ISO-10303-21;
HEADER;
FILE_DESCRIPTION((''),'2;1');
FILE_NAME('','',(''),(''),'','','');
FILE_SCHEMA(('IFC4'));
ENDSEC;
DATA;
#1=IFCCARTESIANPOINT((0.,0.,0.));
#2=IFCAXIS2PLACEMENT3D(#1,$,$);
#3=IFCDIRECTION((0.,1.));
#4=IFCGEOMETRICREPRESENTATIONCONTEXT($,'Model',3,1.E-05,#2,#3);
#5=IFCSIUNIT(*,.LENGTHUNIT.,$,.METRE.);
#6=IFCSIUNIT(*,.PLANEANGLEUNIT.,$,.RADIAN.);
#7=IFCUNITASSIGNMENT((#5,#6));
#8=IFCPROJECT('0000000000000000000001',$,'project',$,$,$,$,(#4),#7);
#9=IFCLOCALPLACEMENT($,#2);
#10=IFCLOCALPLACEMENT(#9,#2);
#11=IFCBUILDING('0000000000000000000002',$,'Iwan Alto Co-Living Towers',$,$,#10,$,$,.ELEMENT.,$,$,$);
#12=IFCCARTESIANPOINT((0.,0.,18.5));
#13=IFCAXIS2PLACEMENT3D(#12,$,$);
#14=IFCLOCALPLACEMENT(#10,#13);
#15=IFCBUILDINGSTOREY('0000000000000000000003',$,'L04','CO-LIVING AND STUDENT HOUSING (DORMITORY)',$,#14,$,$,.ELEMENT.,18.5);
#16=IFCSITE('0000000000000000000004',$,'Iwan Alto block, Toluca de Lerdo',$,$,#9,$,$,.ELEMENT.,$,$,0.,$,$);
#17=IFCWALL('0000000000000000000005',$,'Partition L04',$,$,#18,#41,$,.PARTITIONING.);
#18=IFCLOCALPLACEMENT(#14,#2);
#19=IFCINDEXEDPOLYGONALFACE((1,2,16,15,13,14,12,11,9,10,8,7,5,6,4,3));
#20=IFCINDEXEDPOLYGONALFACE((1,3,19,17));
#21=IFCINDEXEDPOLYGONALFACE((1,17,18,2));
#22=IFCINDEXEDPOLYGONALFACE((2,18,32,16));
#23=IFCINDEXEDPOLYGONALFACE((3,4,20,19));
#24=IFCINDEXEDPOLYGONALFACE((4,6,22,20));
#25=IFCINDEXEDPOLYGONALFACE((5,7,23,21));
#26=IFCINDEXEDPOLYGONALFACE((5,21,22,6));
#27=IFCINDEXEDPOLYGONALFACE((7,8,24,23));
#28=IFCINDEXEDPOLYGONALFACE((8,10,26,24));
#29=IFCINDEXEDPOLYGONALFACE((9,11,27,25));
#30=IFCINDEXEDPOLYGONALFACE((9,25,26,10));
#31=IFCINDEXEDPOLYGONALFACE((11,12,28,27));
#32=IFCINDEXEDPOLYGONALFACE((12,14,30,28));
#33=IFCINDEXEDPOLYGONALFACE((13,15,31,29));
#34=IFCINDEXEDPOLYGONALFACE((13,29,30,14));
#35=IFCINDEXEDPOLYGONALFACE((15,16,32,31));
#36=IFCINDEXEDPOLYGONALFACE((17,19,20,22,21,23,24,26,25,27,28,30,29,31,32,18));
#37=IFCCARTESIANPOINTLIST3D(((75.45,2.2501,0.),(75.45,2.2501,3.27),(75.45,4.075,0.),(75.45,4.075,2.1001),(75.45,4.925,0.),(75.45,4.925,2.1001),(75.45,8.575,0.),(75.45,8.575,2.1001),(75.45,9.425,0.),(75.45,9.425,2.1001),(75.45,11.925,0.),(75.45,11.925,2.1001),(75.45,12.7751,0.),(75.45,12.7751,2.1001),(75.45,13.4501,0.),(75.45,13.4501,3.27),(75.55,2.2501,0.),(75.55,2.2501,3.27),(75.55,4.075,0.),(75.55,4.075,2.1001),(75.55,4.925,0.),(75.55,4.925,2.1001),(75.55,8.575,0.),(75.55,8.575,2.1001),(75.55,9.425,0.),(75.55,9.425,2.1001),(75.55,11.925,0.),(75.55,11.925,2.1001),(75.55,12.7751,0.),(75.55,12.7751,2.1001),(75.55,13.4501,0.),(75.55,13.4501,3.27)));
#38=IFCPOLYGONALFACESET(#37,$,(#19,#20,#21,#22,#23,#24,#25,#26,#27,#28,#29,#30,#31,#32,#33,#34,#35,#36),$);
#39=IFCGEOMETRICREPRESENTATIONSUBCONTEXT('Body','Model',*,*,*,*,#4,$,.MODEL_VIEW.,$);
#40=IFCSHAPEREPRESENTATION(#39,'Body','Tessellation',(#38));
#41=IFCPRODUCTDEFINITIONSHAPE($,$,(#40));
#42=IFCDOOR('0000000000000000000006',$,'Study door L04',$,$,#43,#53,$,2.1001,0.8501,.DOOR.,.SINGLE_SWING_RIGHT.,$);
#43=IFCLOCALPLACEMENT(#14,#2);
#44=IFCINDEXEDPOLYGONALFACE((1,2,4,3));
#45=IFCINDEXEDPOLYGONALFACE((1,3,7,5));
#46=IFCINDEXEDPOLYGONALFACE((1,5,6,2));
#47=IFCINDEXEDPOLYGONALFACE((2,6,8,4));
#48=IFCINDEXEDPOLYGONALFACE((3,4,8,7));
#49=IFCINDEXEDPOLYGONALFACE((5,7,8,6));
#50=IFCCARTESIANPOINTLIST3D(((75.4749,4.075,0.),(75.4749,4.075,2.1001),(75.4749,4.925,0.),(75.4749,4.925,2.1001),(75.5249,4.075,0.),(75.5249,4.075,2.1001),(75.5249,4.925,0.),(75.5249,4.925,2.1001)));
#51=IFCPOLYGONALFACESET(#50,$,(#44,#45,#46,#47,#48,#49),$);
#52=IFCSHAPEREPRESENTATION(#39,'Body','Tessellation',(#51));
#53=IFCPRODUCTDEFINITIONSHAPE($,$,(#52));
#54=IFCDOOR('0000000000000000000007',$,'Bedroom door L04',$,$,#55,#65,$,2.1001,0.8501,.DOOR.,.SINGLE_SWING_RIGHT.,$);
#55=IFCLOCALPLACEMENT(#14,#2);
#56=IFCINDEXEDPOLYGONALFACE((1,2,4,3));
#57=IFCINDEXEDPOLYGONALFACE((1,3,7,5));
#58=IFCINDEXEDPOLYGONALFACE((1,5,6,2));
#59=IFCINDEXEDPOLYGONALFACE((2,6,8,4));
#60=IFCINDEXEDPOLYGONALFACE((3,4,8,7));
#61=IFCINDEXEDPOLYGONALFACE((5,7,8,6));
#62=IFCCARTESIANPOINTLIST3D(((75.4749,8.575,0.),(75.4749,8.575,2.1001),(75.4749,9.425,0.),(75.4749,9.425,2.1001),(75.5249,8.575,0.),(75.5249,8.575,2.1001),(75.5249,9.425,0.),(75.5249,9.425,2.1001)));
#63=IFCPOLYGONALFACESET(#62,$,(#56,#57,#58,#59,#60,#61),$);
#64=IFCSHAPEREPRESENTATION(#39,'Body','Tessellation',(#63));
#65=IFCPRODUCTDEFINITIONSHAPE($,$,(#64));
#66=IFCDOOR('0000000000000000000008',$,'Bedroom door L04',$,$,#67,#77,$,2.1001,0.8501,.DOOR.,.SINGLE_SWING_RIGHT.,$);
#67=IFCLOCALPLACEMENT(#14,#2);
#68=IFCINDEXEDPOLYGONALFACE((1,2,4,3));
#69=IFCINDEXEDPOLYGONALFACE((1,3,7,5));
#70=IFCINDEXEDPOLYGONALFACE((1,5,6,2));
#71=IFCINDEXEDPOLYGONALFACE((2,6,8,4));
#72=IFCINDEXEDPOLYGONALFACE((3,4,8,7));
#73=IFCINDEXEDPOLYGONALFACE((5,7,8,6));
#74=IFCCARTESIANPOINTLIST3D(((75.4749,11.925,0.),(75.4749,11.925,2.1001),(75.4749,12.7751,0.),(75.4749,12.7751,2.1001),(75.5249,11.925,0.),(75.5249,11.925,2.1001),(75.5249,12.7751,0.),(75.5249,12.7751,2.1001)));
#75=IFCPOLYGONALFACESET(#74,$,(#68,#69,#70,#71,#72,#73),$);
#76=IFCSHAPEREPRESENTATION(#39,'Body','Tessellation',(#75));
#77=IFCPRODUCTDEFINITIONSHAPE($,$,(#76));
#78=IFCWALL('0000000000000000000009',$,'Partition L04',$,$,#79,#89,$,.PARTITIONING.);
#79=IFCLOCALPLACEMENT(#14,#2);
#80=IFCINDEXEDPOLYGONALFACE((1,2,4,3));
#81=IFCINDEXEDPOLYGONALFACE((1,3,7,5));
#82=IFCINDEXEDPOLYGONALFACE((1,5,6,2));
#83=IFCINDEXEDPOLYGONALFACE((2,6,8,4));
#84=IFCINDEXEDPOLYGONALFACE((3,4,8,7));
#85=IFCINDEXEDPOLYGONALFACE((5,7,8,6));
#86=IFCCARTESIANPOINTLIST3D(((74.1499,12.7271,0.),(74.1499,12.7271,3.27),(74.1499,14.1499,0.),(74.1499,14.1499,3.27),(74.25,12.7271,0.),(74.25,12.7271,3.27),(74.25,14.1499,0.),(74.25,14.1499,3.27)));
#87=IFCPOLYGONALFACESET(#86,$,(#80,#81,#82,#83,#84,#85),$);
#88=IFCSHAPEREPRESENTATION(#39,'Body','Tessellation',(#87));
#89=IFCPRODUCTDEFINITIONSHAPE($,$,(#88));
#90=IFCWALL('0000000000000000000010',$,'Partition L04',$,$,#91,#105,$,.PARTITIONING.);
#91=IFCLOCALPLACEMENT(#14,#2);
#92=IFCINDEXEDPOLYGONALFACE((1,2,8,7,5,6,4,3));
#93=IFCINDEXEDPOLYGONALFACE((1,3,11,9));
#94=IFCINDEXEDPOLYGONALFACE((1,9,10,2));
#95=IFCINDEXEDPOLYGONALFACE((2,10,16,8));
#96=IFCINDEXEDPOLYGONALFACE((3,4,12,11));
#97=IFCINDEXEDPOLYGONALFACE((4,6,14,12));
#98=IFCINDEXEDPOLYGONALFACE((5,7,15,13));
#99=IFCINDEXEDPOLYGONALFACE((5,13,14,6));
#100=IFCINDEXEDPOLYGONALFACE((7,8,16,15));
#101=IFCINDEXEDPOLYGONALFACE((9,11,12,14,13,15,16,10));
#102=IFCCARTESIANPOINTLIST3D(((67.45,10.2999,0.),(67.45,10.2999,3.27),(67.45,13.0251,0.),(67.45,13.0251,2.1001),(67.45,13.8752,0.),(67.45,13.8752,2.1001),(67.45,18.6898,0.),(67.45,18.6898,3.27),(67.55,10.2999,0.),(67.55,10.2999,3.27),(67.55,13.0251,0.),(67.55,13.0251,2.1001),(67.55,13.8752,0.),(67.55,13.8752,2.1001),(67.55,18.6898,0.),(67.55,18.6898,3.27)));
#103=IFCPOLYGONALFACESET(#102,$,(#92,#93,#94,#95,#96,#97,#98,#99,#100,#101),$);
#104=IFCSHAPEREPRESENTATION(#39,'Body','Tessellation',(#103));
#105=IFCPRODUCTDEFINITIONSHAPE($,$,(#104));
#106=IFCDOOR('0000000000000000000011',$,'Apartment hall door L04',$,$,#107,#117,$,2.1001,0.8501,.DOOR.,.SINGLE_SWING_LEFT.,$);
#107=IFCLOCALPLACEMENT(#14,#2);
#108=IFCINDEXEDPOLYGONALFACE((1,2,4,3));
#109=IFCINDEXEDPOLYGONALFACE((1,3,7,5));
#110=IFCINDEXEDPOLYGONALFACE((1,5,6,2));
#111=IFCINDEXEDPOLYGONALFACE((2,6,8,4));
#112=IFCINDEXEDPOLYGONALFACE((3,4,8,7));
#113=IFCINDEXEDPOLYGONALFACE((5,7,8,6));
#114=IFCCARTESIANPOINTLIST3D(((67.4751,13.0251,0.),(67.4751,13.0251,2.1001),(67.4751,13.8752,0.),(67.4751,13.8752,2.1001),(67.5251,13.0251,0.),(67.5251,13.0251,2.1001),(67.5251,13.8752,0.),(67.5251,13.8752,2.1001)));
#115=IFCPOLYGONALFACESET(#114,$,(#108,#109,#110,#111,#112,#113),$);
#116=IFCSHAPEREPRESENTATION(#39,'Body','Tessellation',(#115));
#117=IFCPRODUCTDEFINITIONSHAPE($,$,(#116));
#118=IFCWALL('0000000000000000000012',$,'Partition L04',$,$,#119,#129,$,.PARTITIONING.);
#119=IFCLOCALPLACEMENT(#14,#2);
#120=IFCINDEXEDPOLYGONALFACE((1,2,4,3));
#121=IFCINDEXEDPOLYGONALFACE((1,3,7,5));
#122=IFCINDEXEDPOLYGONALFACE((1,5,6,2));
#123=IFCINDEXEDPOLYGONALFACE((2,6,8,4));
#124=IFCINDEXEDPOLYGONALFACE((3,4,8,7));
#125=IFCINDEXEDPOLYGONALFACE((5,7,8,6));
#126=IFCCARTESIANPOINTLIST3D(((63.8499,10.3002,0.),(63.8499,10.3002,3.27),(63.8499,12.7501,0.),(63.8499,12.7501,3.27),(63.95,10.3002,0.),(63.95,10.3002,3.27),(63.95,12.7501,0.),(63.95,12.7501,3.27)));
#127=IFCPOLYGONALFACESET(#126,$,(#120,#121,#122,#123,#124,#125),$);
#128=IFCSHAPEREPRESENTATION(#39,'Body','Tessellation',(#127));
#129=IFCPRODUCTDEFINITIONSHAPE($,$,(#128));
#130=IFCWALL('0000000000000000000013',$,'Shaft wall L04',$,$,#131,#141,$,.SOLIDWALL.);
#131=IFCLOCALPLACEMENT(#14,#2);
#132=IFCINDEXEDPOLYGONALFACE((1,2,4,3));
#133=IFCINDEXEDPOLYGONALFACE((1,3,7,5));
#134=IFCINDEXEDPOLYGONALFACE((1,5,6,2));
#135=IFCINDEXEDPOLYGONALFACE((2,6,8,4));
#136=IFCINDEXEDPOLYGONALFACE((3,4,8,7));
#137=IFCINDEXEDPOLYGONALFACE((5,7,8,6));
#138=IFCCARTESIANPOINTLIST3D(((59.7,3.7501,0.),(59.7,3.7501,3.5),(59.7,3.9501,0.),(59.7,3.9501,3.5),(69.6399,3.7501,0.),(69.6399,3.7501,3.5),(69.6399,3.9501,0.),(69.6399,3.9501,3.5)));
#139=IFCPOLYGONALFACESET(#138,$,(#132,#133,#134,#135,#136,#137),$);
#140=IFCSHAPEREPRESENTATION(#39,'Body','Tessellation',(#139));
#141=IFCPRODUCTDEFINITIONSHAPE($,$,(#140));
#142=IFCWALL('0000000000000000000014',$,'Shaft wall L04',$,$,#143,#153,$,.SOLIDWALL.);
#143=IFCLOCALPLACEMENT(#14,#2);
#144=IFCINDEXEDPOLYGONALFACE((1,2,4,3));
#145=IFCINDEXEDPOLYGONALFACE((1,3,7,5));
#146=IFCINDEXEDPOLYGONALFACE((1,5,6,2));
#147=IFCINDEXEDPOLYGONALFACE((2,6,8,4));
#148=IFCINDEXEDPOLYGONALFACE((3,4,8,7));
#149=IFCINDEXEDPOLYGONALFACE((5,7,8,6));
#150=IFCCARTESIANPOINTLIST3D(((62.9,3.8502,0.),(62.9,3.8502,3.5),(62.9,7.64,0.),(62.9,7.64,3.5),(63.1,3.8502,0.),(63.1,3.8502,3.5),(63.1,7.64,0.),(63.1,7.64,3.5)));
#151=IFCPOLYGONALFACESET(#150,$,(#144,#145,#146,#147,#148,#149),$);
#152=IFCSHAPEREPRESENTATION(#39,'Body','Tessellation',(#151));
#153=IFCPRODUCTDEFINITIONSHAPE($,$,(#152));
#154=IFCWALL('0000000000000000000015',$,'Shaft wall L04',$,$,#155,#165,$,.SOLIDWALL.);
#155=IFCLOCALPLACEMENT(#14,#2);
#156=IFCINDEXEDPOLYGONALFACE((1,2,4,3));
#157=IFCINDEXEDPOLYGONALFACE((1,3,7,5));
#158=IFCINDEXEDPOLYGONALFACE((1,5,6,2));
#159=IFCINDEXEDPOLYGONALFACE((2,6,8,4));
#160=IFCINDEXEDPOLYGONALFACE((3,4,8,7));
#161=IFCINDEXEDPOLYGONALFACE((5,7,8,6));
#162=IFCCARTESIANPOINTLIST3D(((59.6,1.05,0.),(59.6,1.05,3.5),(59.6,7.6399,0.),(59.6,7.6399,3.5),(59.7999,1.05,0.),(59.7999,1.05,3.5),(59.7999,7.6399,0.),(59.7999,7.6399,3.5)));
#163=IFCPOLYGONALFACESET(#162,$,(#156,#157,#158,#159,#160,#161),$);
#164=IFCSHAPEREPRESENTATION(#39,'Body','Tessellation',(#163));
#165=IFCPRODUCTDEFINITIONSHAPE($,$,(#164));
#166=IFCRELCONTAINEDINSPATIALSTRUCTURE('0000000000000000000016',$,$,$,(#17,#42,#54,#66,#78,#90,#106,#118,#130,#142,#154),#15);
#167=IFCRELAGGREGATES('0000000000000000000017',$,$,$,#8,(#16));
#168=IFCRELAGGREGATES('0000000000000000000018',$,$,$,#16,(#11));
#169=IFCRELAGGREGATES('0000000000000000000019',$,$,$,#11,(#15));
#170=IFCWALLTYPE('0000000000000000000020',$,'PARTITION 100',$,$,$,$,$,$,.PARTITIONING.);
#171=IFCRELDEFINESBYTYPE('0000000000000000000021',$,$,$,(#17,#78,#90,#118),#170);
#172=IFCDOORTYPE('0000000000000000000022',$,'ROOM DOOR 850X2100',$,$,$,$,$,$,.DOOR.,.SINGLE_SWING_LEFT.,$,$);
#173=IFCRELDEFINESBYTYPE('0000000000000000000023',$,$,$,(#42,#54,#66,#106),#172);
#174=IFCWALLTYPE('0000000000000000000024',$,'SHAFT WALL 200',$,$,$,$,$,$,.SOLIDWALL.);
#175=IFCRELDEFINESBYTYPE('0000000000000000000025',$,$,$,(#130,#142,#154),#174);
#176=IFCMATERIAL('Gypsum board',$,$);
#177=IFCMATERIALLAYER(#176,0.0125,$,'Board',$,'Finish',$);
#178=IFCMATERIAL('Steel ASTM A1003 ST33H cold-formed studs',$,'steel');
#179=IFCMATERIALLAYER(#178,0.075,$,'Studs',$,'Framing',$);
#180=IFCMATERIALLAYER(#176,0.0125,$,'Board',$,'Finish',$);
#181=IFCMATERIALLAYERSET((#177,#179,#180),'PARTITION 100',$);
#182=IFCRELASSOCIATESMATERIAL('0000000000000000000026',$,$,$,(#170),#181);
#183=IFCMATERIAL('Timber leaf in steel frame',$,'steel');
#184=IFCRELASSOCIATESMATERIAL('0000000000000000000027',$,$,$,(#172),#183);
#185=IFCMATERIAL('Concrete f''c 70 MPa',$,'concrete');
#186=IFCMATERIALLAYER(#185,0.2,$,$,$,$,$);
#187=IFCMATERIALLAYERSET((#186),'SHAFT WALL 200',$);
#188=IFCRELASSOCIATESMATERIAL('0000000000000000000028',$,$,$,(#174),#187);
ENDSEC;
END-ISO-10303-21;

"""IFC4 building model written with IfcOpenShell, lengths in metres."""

from ifc_helpers import new_model, si_unit, direction, frame, frame_2d, origin, place, context, subcontext, project, spatial, rectangle, extrude, material, layer, layer_set, type_object, element, fill, save


model = new_model("IFC4")

# Units and contexts
model_context = context("Model", 3, precision=1e-05, world=origin(), true_north=direction((0.0, 1.0)))
body_context = subcontext(model_context, "Body", "Model", "MODEL_VIEW")
ifc_project = project(units=[si_unit("LENGTHUNIT", "METRE"), si_unit("PLANEANGLEUNIT", "RADIAN")], contexts=[model_context])

# Site, building, storey
site_placement = place(None, origin())
site = spatial("IfcSite", under=ifc_project, at=site_placement, Name="Iwan Alto block, Toluca de Lerdo", CompositionType="ELEMENT", RefElevation=0.0)
building_placement = place(site_placement, origin())
building = spatial("IfcBuilding", under=site, at=building_placement, Name="Iwan Alto Co-Living Towers", CompositionType="ELEMENT")
storey_placement = place(building_placement, frame((0.0, 0.0, 18.5)))
storey = spatial("IfcBuildingStorey", under=building, at=storey_placement, Name="L04", Description="CO-LIVING AND STUDENT HOUSING (DORMITORY)", CompositionType="ELEMENT", Elevation=18.5)

# Shared definitions
ifc_material_1 = material(Name="Gypsum board")
ifc_layer_1 = layer(ifc_material_1, 0.0125, Name="Board", Category="Finish")
ifc_material_2 = material(Name="Steel ASTM A1003 ST33H cold-formed studs", Category="steel")
ifc_layer_2 = layer(ifc_material_2, 0.075, Name="Studs", Category="Framing")
ifc_layer_3 = layer(ifc_material_1, 0.0125, Name="Board", Category="Finish")
ifc_layer_set_1 = layer_set([ifc_layer_1, ifc_layer_2, ifc_layer_3], Name="PARTITION 100")
wall_type_1 = type_object("IfcWallType", Name="PARTITION 100", PredefinedType="PARTITIONING", material=ifc_layer_set_1)
ifc_material_3 = material(Name="Timber leaf in steel frame", Category="steel")
door_type_1 = type_object("IfcDoorType", Name="ROOM DOOR 850X2100", OperationType="SINGLE_SWING_LEFT", PredefinedType="DOOR", material=ifc_material_3)

# Wall, openings, doors
wall_1_placement = place(storey_placement, frame((75.5, 2.25, 0.0), z_axis=(0.0, 0.0, 1.0), x_axis=(0.0, 1.0, 0.0)))
wall_1 = element("IfcWall", 1, at=wall_1_placement, inside=storey, type_object=wall_type_1, Name="Partition L04", PredefinedType="PARTITIONING", context=body_context, shape_type="SweptSolid", body=[
    extrude(rectangle(XDim=11.2, YDim=0.1001, at=frame_2d((5.6001, 0.0))), origin(), (0.0, 0.0, 1.0), 3.27),
])
opening_1_placement = place(wall_1_placement, frame((1.825, 0.0, 0.0)))
opening_1 = element("IfcOpeningElement", 2, at=opening_1_placement, cuts=wall_1, PredefinedType="OPENING", context=body_context, shape_type="SweptSolid", body=[
    extrude(rectangle(XDim=0.8501, YDim=2.1001, at=frame_2d((0.425, 1.05))), frame((0.0, 0.0601, 0.0), z_axis=(0.0, -1.0, 0.0), x_axis=(1.0, 0.0, 0.0)), (0.0, 0.0, 1.0), 0.1201),
])
opening_2_placement = place(wall_1_placement, frame((6.325, 0.0, 0.0)))
opening_2 = element("IfcOpeningElement", 3, at=opening_2_placement, cuts=wall_1, PredefinedType="OPENING", context=body_context, shape_type="SweptSolid", body=[
    extrude(rectangle(XDim=0.8501, YDim=2.1001, at=frame_2d((0.425, 1.05))), frame((0.0, 0.0601, 0.0), z_axis=(0.0, -1.0, 0.0), x_axis=(1.0, 0.0, 0.0)), (0.0, 0.0, 1.0), 0.1201),
])
opening_3_placement = place(wall_1_placement, frame((9.675, 0.0, 0.0)))
opening_3 = element("IfcOpeningElement", 4, at=opening_3_placement, cuts=wall_1, PredefinedType="OPENING", context=body_context, shape_type="SweptSolid", body=[
    extrude(rectangle(XDim=0.8501, YDim=2.1001, at=frame_2d((0.425, 1.05))), frame((0.0, 0.0601, 0.0), z_axis=(0.0, -1.0, 0.0), x_axis=(1.0, 0.0, 0.0)), (0.0, 0.0, 1.0), 0.1201),
])
door_1_placement = place(opening_1_placement, frame((0.8501, 0.0, 0.0), z_axis=(0.0, 0.0, 1.0), x_axis=(-1.0, 0.0, 0.0)))
door_1 = element("IfcDoor", 5, at=door_1_placement, inside=storey, type_object=door_type_1, Name="Study door L04", OperationType="SINGLE_SWING_RIGHT", OverallHeight=2.1001, OverallWidth=0.8501, PredefinedType="DOOR", context=body_context, shape_type="SweptSolid", body=[
    extrude(rectangle(XDim=0.8501, YDim=2.1001, at=frame_2d((0.425, 1.05))), frame((0.0, 0.0249, 0.0), z_axis=(0.0, -1.0, 0.0), x_axis=(1.0, 0.0, 0.0)), (0.0, 0.0, 1.0), 0.05),
])
fill(opening_1, door_1)
door_2_placement = place(opening_2_placement, frame((0.8501, 0.0, 0.0), z_axis=(0.0, 0.0, 1.0), x_axis=(-1.0, 0.0, 0.0)))
door_2 = element("IfcDoor", 6, at=door_2_placement, inside=storey, type_object=door_type_1, Name="Bedroom door L04", OperationType="SINGLE_SWING_RIGHT", OverallHeight=2.1001, OverallWidth=0.8501, PredefinedType="DOOR", context=body_context, shape_type="SweptSolid", body=[
    extrude(rectangle(XDim=0.8501, YDim=2.1001, at=frame_2d((0.425, 1.05))), frame((0.0, 0.0249, 0.0), z_axis=(0.0, -1.0, 0.0), x_axis=(1.0, 0.0, 0.0)), (0.0, 0.0, 1.0), 0.05),
])
fill(opening_2, door_2)
door_3_placement = place(opening_3_placement, frame((0.8501, 0.0, 0.0), z_axis=(0.0, 0.0, 1.0), x_axis=(-1.0, 0.0, 0.0)))
door_3 = element("IfcDoor", 7, at=door_3_placement, inside=storey, type_object=door_type_1, Name="Bedroom door L04", OperationType="SINGLE_SWING_RIGHT", OverallHeight=2.1001, OverallWidth=0.8501, PredefinedType="DOOR", context=body_context, shape_type="SweptSolid", body=[
    extrude(rectangle(XDim=0.8501, YDim=2.1001, at=frame_2d((0.425, 1.05))), frame((0.0, 0.0249, 0.0), z_axis=(0.0, -1.0, 0.0), x_axis=(1.0, 0.0, 0.0)), (0.0, 0.0, 1.0), 0.05),
])
fill(opening_3, door_3)

# Wall
wall_2_placement = place(storey_placement, frame((74.2, 12.7271, 0.0), z_axis=(0.0, 0.0, 1.0), x_axis=(0.0, 1.0, 0.0)))
element("IfcWall", 8, at=wall_2_placement, inside=storey, type_object=wall_type_1, Name="Partition L04", PredefinedType="PARTITIONING", context=body_context, shape_type="SweptSolid", body=[
    extrude(rectangle(XDim=1.4229, YDim=0.1001, at=frame_2d((0.7114, 0.0))), origin(), (0.0, 0.0, 1.0), 3.27),
])

# Wall, opening, door
wall_3_placement = place(storey_placement, frame((67.5, 10.3, 0.0), z_axis=(0.0, 0.0, 1.0), x_axis=(0.0, 1.0, 0.0)))
wall_3 = element("IfcWall", 9, at=wall_3_placement, inside=storey, type_object=wall_type_1, Name="Partition L04", PredefinedType="PARTITIONING", context=body_context, shape_type="SweptSolid", body=[
    extrude(rectangle(XDim=8.3899, YDim=0.1001, at=frame_2d((4.1948, 0.0))), origin(), (0.0, 0.0, 1.0), 3.27),
])
opening_4_placement = place(wall_3_placement, frame((2.7251, 0.0, 0.0)))
opening_4 = element("IfcOpeningElement", 10, at=opening_4_placement, cuts=wall_3, PredefinedType="OPENING", context=body_context, shape_type="SweptSolid", body=[
    extrude(rectangle(XDim=0.8501, YDim=2.1001, at=frame_2d((0.425, 1.05))), frame((0.0, 0.0601, 0.0), z_axis=(0.0, -1.0, 0.0), x_axis=(1.0, 0.0, 0.0)), (0.0, 0.0, 1.0), 0.1201),
])
door_4_placement = place(opening_4_placement, origin())
door_4 = element("IfcDoor", 11, at=door_4_placement, inside=storey, type_object=door_type_1, Name="Apartment hall door L04", OperationType="SINGLE_SWING_LEFT", OverallHeight=2.1001, OverallWidth=0.8501, PredefinedType="DOOR", context=body_context, shape_type="SweptSolid", body=[
    extrude(rectangle(XDim=0.8501, YDim=2.1001, at=frame_2d((0.425, 1.05))), frame((0.0, 0.0249, 0.0), z_axis=(0.0, -1.0, 0.0), x_axis=(1.0, 0.0, 0.0)), (0.0, 0.0, 1.0), 0.05),
])
fill(opening_4, door_4)

# Walls
wall_4_placement = place(storey_placement, frame((63.8999, 10.3, 0.0), z_axis=(0.0, 0.0, 1.0), x_axis=(0.0, 1.0, 0.0)))
element("IfcWall", 12, at=wall_4_placement, inside=storey, type_object=wall_type_1, Name="Partition L04", PredefinedType="PARTITIONING", context=body_context, shape_type="SweptSolid", body=[
    extrude(rectangle(XDim=2.45, YDim=0.1001, at=frame_2d((1.2251, 0.0))), origin(), (0.0, 0.0, 1.0), 3.27),
])
ifc_material_4 = material(Name="Concrete f'c 70 MPa", Category="concrete")
ifc_layer_4 = layer(ifc_material_4, 0.2)
ifc_layer_set_2 = layer_set([ifc_layer_4], Name="SHAFT WALL 200")
wall_type_2 = type_object("IfcWallType", Name="SHAFT WALL 200", PredefinedType="SOLIDWALL", material=ifc_layer_set_2)
wall_5_placement = place(storey_placement, frame((59.7, 3.8501, 0.0), z_axis=(0.0, 0.0, 1.0), x_axis=(1.0, 0.0, 0.0)))
element("IfcWall", 13, at=wall_5_placement, inside=storey, type_object=wall_type_2, Name="Shaft wall L04", PredefinedType="SOLIDWALL", context=body_context, shape_type="SweptSolid", body=[
    extrude(rectangle(XDim=9.9399, YDim=0.2, at=frame_2d((4.97, 0.0))), origin(), (0.0, 0.0, 1.0), 3.5),
])
wall_6_placement = place(storey_placement, frame((63.0, 3.8501, 0.0), z_axis=(0.0, 0.0, 1.0), x_axis=(0.0, 1.0, 0.0)))
element("IfcWall", 14, at=wall_6_placement, inside=storey, type_object=wall_type_2, Name="Shaft wall L04", PredefinedType="SOLIDWALL", context=body_context, shape_type="SweptSolid", body=[
    extrude(rectangle(XDim=3.7898, YDim=0.2, at=frame_2d((1.895, 0.0))), origin(), (0.0, 0.0, 1.0), 3.5),
])
wall_7_placement = place(storey_placement, frame((59.7, 1.05, 0.0), z_axis=(0.0, 0.0, 1.0), x_axis=(0.0, 1.0, 0.0)))
element("IfcWall", 15, at=wall_7_placement, inside=storey, type_object=wall_type_2, Name="Shaft wall L04", PredefinedType="SOLIDWALL", context=body_context, shape_type="SweptSolid", body=[
    extrude(rectangle(XDim=6.5898, YDim=0.2, at=frame_2d((3.2949, 0.0))), origin(), (0.0, 0.0, 1.0), 3.5),
])

save(model, "model.ifc")
